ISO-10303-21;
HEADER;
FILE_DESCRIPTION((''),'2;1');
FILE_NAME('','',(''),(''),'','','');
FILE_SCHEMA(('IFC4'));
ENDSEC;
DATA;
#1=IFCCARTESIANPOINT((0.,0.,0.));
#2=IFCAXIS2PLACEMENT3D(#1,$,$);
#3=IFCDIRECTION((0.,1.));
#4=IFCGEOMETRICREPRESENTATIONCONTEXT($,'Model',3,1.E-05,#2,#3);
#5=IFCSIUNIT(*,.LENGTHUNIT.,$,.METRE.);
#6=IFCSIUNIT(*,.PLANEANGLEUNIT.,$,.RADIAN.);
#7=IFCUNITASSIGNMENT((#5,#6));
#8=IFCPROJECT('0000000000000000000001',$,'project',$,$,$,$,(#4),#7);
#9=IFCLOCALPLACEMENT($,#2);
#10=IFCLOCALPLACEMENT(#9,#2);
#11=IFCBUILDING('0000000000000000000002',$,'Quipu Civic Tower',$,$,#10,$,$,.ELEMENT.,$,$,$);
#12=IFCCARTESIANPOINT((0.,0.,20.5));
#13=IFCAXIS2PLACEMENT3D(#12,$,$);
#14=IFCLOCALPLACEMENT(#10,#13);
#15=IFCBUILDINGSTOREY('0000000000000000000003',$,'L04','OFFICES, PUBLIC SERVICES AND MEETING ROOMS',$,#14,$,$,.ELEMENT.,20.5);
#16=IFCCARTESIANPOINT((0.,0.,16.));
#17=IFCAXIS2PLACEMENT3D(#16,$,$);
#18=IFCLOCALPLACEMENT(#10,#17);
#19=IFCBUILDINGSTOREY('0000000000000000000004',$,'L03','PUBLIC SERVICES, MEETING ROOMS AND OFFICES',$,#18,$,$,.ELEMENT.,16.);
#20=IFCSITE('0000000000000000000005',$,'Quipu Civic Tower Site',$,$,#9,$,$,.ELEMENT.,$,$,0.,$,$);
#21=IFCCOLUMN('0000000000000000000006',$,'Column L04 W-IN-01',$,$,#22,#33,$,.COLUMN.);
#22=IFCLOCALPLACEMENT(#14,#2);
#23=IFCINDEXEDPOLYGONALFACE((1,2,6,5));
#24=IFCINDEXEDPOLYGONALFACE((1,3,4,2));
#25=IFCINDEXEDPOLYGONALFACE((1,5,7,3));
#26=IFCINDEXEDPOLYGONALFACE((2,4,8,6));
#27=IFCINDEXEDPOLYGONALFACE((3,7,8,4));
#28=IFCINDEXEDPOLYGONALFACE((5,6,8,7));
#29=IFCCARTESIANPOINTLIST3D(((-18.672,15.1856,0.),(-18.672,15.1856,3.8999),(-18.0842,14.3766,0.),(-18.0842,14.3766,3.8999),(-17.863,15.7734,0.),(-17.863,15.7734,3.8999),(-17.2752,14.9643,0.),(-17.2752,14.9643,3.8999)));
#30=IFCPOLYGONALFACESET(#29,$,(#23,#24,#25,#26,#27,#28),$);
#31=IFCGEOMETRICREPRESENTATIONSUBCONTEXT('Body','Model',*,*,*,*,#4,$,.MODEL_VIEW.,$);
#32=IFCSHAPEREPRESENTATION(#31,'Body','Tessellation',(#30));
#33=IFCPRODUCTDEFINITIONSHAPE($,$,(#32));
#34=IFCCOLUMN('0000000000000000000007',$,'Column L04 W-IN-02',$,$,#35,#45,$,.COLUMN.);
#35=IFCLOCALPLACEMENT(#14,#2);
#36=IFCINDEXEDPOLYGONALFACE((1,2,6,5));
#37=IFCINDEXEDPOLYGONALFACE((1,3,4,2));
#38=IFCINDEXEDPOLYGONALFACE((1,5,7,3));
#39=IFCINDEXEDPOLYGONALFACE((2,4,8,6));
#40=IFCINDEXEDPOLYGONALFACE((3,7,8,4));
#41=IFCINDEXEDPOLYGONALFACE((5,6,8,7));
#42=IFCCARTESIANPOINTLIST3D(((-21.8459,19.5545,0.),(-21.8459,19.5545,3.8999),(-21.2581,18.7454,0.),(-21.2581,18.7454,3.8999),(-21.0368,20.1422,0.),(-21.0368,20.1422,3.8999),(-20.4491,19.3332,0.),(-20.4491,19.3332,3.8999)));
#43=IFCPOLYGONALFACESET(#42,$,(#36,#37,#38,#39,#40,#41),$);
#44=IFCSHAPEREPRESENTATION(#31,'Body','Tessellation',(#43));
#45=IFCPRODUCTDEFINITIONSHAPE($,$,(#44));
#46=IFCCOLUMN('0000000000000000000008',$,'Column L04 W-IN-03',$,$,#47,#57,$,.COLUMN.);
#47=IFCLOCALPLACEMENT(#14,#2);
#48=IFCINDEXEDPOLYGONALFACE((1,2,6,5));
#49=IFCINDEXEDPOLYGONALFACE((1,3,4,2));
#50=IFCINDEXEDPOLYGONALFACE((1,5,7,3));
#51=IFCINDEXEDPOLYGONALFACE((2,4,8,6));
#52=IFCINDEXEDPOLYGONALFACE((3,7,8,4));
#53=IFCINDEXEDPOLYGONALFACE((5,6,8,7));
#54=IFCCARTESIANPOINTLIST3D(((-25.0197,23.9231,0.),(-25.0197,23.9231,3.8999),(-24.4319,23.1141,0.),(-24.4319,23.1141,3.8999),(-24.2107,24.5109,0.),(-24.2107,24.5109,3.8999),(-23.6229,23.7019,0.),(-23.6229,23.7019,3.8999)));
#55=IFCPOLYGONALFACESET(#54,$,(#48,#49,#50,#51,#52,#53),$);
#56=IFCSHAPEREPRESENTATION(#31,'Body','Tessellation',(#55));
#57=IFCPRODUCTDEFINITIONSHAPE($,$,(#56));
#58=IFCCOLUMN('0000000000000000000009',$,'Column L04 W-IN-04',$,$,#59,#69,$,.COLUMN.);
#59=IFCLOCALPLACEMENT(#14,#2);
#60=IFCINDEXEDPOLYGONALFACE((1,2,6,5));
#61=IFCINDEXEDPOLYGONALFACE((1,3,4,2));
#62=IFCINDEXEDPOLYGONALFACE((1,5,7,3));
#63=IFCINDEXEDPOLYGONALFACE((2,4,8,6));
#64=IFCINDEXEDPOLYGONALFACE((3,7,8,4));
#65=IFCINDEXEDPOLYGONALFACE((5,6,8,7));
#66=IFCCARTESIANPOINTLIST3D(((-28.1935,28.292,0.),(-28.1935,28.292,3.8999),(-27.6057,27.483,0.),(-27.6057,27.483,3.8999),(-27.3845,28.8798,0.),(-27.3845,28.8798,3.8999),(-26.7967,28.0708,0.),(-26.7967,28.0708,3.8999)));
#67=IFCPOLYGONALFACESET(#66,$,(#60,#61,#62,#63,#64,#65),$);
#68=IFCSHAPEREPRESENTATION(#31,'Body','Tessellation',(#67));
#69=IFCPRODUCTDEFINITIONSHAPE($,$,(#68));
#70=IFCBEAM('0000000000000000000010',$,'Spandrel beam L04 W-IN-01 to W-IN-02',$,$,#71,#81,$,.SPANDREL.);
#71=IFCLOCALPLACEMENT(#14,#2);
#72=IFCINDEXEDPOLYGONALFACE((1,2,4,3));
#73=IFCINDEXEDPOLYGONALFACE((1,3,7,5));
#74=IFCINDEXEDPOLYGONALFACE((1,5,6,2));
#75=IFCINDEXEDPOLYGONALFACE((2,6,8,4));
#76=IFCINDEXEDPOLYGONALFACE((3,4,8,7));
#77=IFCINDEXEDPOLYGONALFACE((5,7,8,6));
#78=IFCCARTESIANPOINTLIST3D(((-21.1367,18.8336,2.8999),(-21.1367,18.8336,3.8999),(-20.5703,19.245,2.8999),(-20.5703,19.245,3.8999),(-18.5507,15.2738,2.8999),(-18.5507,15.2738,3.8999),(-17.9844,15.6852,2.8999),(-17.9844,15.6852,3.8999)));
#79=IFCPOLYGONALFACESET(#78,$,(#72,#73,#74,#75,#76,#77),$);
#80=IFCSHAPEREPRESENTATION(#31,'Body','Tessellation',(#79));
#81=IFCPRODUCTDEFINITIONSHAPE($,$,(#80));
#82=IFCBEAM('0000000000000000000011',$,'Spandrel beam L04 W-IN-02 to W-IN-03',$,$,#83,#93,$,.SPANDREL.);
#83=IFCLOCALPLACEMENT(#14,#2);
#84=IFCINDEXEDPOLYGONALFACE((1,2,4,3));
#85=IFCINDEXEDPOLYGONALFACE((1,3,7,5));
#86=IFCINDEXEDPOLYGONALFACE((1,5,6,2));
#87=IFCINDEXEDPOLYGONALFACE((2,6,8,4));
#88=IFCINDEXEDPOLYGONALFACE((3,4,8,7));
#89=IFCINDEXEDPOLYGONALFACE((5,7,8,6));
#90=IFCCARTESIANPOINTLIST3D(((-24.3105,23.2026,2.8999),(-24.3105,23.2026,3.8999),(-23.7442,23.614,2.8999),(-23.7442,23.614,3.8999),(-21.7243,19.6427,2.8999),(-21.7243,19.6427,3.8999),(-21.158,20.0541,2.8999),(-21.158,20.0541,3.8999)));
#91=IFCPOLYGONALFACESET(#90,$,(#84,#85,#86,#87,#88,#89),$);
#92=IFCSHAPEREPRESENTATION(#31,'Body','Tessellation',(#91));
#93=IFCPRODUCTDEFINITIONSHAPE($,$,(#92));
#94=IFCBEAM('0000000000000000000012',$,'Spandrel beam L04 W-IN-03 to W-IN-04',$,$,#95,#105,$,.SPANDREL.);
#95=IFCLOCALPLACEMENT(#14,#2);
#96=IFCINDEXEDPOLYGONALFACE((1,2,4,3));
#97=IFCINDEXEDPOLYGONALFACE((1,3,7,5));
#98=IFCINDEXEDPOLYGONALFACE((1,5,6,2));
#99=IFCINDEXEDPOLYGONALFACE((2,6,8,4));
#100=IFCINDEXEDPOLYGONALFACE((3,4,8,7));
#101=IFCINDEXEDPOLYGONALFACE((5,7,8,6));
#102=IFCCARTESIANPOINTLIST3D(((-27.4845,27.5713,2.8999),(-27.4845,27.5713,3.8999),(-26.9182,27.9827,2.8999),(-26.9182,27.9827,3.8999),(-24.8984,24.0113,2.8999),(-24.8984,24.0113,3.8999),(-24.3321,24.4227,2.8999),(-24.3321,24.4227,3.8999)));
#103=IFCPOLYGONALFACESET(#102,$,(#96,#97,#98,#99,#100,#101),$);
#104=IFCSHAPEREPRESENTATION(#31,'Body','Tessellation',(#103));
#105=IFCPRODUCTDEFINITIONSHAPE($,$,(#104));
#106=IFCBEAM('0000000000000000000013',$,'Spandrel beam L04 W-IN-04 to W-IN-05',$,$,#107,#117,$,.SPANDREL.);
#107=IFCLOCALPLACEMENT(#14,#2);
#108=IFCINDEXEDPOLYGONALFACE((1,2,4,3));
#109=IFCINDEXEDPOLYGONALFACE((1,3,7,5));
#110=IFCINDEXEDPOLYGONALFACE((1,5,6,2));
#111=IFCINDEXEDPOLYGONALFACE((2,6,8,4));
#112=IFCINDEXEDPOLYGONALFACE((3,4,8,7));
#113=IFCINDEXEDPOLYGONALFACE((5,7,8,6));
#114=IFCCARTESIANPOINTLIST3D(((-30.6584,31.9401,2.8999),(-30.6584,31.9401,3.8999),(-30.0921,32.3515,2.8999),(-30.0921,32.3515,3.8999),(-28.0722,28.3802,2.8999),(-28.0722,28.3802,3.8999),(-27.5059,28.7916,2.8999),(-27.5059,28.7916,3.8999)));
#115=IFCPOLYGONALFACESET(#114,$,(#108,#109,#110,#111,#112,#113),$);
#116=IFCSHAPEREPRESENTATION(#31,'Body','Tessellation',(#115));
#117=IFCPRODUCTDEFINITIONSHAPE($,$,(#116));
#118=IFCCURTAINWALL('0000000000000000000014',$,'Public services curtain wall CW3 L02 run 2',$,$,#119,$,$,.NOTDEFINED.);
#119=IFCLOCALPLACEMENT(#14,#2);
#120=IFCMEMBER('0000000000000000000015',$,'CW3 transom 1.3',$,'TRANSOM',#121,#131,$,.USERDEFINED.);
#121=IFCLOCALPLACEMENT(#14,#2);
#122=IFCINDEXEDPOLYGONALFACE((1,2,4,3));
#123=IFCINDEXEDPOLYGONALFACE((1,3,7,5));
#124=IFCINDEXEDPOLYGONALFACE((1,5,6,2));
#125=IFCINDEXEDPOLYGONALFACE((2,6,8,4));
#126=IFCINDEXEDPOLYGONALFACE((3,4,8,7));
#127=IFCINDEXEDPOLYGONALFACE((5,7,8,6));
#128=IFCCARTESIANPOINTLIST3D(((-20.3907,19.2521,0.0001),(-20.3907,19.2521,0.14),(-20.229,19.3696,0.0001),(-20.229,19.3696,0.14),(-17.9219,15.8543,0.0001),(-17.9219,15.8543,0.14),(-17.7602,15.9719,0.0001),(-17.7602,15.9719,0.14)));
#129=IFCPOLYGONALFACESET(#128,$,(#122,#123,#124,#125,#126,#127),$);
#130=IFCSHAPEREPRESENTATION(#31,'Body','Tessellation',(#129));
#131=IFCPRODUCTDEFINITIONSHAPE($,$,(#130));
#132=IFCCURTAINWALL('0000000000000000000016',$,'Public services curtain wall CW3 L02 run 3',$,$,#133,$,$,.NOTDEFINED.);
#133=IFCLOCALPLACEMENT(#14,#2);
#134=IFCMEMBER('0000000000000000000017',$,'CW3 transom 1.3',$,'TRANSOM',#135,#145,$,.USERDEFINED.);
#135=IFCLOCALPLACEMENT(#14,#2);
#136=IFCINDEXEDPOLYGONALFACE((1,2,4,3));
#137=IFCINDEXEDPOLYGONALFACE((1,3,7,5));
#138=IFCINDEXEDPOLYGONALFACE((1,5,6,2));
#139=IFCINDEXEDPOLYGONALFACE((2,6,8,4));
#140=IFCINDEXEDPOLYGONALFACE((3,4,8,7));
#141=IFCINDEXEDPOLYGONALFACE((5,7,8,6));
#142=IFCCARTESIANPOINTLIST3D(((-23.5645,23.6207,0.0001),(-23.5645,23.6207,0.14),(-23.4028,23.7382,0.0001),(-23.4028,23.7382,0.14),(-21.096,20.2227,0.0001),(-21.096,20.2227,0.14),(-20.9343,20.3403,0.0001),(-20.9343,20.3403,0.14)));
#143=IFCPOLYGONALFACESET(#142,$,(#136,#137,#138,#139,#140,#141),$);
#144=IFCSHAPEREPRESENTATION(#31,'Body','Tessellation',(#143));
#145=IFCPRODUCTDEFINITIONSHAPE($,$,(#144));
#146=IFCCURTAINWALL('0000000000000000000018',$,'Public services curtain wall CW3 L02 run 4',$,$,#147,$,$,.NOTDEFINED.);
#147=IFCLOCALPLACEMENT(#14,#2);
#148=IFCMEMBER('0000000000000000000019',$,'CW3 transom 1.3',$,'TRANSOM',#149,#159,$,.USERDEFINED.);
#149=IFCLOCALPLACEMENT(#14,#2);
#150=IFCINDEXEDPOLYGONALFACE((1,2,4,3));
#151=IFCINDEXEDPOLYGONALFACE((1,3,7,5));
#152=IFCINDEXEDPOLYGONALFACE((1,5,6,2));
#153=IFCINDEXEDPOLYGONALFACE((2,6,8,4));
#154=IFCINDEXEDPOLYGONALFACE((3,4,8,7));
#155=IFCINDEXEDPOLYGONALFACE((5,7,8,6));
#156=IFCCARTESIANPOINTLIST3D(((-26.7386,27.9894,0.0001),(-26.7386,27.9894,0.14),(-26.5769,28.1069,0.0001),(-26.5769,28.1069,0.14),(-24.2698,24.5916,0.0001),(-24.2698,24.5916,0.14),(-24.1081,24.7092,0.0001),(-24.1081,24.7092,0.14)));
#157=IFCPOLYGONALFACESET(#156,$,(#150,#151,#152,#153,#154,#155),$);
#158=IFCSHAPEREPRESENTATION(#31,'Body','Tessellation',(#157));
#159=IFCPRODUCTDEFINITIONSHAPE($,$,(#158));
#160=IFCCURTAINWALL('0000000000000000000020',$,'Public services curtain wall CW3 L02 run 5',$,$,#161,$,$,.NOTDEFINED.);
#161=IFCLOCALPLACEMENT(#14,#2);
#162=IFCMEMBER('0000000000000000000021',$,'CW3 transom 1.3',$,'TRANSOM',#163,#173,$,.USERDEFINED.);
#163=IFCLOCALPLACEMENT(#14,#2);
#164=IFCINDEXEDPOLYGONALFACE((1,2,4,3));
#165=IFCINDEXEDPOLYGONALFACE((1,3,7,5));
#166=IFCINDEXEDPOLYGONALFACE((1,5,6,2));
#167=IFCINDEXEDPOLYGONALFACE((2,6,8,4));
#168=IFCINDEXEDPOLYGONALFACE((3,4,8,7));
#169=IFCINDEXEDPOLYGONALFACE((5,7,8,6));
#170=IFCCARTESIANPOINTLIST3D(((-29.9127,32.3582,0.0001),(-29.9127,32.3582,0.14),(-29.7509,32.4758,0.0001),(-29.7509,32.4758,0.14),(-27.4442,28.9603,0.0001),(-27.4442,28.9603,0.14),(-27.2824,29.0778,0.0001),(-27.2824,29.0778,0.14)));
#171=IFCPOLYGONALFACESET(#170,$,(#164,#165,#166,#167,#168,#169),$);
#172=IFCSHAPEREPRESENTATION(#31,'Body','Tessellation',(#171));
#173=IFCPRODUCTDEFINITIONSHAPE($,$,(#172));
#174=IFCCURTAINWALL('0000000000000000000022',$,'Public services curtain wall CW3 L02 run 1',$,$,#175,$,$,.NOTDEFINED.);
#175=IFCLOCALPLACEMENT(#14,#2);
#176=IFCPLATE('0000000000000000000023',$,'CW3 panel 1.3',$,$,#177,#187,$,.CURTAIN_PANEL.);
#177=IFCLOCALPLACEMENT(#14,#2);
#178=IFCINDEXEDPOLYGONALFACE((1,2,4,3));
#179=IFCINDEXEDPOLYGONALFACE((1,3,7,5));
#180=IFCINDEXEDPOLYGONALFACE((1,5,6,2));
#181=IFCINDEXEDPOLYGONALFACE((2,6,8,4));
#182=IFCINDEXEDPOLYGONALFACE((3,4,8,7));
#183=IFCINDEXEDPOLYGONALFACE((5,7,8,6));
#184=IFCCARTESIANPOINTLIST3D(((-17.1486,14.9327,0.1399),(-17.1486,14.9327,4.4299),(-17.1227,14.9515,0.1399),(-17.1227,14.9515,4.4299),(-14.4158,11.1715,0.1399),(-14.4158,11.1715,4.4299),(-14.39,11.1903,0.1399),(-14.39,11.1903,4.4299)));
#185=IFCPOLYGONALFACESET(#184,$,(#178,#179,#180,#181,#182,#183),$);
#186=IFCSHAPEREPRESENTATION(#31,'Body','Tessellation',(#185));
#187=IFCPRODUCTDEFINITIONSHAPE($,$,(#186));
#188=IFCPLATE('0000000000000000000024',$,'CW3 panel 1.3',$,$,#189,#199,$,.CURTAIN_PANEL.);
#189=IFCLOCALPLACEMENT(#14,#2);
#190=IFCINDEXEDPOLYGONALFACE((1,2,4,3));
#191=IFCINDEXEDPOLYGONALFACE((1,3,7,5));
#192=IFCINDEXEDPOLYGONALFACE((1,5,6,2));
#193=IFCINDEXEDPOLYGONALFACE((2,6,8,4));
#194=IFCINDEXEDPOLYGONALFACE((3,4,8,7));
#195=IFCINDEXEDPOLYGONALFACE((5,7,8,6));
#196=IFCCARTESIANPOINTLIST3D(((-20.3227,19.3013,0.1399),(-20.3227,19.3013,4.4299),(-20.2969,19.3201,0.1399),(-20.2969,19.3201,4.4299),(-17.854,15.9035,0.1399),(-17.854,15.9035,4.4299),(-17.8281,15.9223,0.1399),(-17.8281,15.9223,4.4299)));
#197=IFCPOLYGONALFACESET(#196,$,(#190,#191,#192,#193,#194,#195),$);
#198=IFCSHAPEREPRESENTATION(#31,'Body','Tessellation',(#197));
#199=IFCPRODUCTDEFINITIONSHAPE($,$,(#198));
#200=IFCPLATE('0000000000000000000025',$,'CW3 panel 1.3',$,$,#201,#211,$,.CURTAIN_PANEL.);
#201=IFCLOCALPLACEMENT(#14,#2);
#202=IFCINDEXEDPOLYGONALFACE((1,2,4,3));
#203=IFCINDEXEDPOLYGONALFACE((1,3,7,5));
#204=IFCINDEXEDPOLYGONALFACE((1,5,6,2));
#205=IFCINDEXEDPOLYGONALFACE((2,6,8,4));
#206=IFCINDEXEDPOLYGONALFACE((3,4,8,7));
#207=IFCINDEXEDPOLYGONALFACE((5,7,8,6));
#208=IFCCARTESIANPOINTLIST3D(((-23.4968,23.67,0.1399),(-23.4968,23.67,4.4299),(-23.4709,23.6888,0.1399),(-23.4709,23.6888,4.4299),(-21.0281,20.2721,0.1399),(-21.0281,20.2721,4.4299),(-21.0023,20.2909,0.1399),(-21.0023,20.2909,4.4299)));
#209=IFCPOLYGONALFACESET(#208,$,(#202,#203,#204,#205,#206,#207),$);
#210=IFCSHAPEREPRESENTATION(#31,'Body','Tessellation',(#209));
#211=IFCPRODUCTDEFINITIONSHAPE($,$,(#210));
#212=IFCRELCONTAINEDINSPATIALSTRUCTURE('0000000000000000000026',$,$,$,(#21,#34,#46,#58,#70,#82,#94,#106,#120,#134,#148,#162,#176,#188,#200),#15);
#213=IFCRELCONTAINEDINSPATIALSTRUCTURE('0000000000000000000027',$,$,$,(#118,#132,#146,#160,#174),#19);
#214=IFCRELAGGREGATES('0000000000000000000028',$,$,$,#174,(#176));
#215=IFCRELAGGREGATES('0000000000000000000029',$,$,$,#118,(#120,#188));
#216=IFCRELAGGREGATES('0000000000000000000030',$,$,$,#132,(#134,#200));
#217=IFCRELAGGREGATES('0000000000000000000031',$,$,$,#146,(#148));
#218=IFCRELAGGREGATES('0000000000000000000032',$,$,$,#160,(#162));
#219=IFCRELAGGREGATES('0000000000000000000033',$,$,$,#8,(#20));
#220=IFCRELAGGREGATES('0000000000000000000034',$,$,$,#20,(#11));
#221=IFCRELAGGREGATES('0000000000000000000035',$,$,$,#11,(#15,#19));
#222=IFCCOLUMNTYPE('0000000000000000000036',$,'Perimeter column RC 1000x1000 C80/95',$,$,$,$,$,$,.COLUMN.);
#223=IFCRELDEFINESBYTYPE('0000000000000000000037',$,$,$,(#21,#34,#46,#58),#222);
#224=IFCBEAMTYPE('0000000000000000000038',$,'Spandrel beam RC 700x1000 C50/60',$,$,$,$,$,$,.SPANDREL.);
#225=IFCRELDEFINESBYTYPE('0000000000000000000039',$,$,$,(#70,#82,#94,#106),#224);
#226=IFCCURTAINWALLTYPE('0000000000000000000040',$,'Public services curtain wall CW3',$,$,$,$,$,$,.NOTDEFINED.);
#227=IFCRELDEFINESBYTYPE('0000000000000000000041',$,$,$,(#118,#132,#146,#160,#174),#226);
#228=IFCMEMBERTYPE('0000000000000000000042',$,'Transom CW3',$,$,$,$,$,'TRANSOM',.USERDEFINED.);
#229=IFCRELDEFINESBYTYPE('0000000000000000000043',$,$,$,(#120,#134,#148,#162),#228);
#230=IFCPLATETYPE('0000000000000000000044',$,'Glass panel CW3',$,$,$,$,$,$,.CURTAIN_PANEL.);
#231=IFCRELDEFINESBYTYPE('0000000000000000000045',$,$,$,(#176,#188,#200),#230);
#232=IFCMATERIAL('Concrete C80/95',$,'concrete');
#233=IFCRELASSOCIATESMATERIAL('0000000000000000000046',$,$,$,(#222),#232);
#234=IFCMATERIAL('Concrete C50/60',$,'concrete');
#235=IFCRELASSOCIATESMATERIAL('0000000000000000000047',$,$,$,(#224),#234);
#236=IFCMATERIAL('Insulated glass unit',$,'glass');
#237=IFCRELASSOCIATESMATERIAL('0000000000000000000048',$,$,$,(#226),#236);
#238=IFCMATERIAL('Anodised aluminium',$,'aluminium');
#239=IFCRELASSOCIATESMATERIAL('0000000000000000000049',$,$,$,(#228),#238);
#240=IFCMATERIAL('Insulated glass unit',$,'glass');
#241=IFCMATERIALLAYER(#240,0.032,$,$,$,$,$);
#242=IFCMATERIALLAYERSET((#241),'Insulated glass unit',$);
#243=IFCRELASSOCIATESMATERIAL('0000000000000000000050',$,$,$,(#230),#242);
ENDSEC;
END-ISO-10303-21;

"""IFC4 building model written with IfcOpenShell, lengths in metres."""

from ifc_helpers import new_model, si_unit, direction, frame, origin, origin_2d, place, context, subcontext, project, spatial, rectangle, extrude, material, layer, layer_set, material_profile, profile_set, type_object, element, aggregate, save


model = new_model("IFC4")

# Units and contexts
model_context = context("Model", 3, precision=1e-05, world=origin(), true_north=direction((0.0, 1.0)))
body_context = subcontext(model_context, "Body", "Model", "MODEL_VIEW")
ifc_project = project(units=[si_unit("LENGTHUNIT", "METRE"), si_unit("PLANEANGLEUNIT", "RADIAN")], contexts=[model_context])

# Site, building, storey
site_placement = place(None, origin())
site = spatial("IfcSite", under=ifc_project, at=site_placement, Name="Quipu Civic Tower Site", CompositionType="ELEMENT", RefElevation=0.0)
building_placement = place(site_placement, origin())
building = spatial("IfcBuilding", under=site, at=building_placement, Name="Quipu Civic Tower", CompositionType="ELEMENT")
storey_1_placement = place(building_placement, frame((0.0, 0.0, 20.5)))
storey_1 = spatial("IfcBuildingStorey", under=building, at=storey_1_placement, Name="L04", Description="OFFICES, PUBLIC SERVICES AND MEETING ROOMS", CompositionType="ELEMENT", Elevation=20.5)

# Columns
ifc_material_1 = material(Name="Concrete C80/95", Category="concrete")
ifc_material_profile_1 = material_profile(ifc_material_1, rectangle(XDim=1.0, YDim=1.0, at=origin_2d()), Name="RC1000x1000")
ifc_profile_set_1 = profile_set([ifc_material_profile_1], Name="Concrete C80/95")
column_type = type_object("IfcColumnType", Name="Perimeter column RC 1000x1000 C80/95", PredefinedType="COLUMN", material=ifc_profile_set_1)
for number, where, z_axis, x_axis, name in (
    (1, (-17.9736, 15.075, 0.0), (0.0, 0.0, 1.0), (-0.587785, 0.809017, 0.0), "Column L04 W-IN-01"),
    (2, (-21.1475, 19.4438, 0.0), (0.0, 0.0, 1.0), (-0.587785, 0.809017, 0.0), "Column L04 W-IN-02"),
    (3, (-24.3213, 23.8125, 0.0), (0.0, 0.0, 1.0), (-0.587785, 0.809017, 0.0), "Column L04 W-IN-03"),
    (4, (-27.4951, 28.1814, 0.0), (0.0, 0.0, 1.0), (-0.587785, 0.809017, 0.0), "Column L04 W-IN-04"),
):
    element("IfcColumn", number, at=place(storey_1_placement, frame(where, z_axis=z_axis, x_axis=x_axis)), inside=storey_1, type_object=column_type, Name=name, PredefinedType="COLUMN", context=body_context, shape_type="SweptSolid", body=[
        extrude(rectangle(XDim=1.0, YDim=1.0, at=origin_2d()), origin(), (0.0, 0.0, 1.0), 3.8999),
    ])

# Beams
ifc_material_2 = material(Name="Concrete C50/60", Category="concrete")
ifc_material_profile_2 = material_profile(ifc_material_2, rectangle(XDim=0.7, YDim=1.0, at=origin_2d()), Name="RC700x1000")
ifc_profile_set_2 = profile_set([ifc_material_profile_2], Name="Concrete C50/60")
beam_type = type_object("IfcBeamType", Name="Spandrel beam RC 700x1000 C50/60", PredefinedType="SPANDREL", material=ifc_profile_set_2)
beam_placement = place(storey_1_placement, frame((-18.2676, 15.4795, 3.3999), z_axis=(-0.587723, 0.809062, 0.0), x_axis=(-0.809062, -0.587723, 0.0)))
element("IfcBeam", 5, at=beam_placement, inside=storey_1, type_object=beam_type, Name="Spandrel beam L04 W-IN-01 to W-IN-02", PredefinedType="SPANDREL", context=body_context, shape_type="SweptSolid", body=[
    extrude(rectangle(XDim=0.7, YDim=1.0, at=origin_2d()), origin(), (0.0, 0.0, 1.0), 4.3999),
])
for number, where, z_axis, x_axis, name in (
    (6, (-21.4412, 19.8484, 3.3999), (-0.587759, 0.809036, 0.0), (-0.809036, -0.587759, 0.0), "Spandrel beam L04 W-IN-02 to W-IN-03"),
    (7, (-24.6152, 24.217, 3.3999), (-0.587733, 0.809055, 0.0), (-0.809055, -0.587733, 0.0), "Spandrel beam L04 W-IN-03 to W-IN-04"),
    (8, (-27.7891, 28.5859, 3.3999), (-0.587759, 0.809036, 0.0), (-0.809036, -0.587759, 0.0), "Spandrel beam L04 W-IN-04 to W-IN-05"),
):
    element("IfcBeam", number, at=place(storey_1_placement, frame(where, z_axis=z_axis, x_axis=x_axis)), inside=storey_1, type_object=beam_type, Name=name, PredefinedType="SPANDREL", context=body_context, shape_type="SweptSolid", body=[
        extrude(rectangle(XDim=0.7, YDim=1.0, at=origin_2d()), origin(), (0.0, 0.0, 1.0), 4.4001),
    ])

# Shared definitions
storey_2_placement = place(building_placement, frame((0.0, 0.0, 16.0)))
storey_2 = spatial("IfcBuildingStorey", under=building, at=storey_2_placement, Name="L03", Description="PUBLIC SERVICES, MEETING ROOMS AND OFFICES", CompositionType="ELEMENT", Elevation=16.0)

# Curtain walls, members
ifc_material_3 = material(Name="Insulated glass unit", Category="glass")
curtain_wall_type = type_object("IfcCurtainWallType", Name="Public services curtain wall CW3", PredefinedType="NOTDEFINED", material=ifc_material_3)
curtain_wall_1_placement = place(storey_2_placement, origin())
curtain_wall_1 = element("IfcCurtainWall", 9, at=curtain_wall_1_placement, inside=storey_2, type_object=curtain_wall_type, Name="Public services curtain wall CW3 L02 run 2", PredefinedType="NOTDEFINED")
ifc_material_4 = material(Name="Anodised aluminium", Category="aluminium")
ifc_material_profile_3 = material_profile(ifc_material_4, rectangle(XDim=0.2, YDim=0.1399, at=origin_2d()), Name="RECT 200x140")
ifc_profile_set_3 = profile_set([ifc_material_profile_3], Name="Anodised aluminium")
member_type = type_object("IfcMemberType", Name="Transom CW3", ElementType="TRANSOM", PredefinedType="USERDEFINED", material=ifc_profile_set_3)
member_1_placement = place(storey_1_placement, frame((-17.8411, 15.9131, 0.0701), z_axis=(-0.587812, 0.808997, 0.0), x_axis=(-0.808997, -0.587812, 0.0)))
member_1 = element("IfcMember", 10, at=member_1_placement, inside=storey_1, type_object=member_type, Name="CW3 transom 1.3", ObjectType="TRANSOM", PredefinedType="USERDEFINED", context=body_context, shape_type="SweptSolid", body=[
    extrude(rectangle(XDim=0.2, YDim=0.1399, at=origin_2d()), origin(), (0.0, 0.0, 1.0), 4.2),
])
curtain_wall_2_placement = place(storey_2_placement, origin())
curtain_wall_2 = element("IfcCurtainWall", 11, at=curtain_wall_2_placement, inside=storey_2, type_object=curtain_wall_type, Name="Public services curtain wall CW3 L02 run 3", PredefinedType="NOTDEFINED")
member_2_placement = place(storey_1_placement, frame((-21.0151, 20.2815, 0.0701), z_axis=(-0.587746, 0.809045, 0.0), x_axis=(-0.809045, -0.587746, 0.0)))
member_2 = element("IfcMember", 12, at=member_2_placement, inside=storey_1, type_object=member_type, Name="CW3 transom 1.3", ObjectType="TRANSOM", PredefinedType="USERDEFINED", context=body_context, shape_type="SweptSolid", body=[
    extrude(rectangle(XDim=0.2, YDim=0.1399, at=origin_2d()), origin(), (0.0, 0.0, 1.0), 4.2),
])
curtain_wall_3_placement = place(storey_2_placement, origin())
curtain_wall_3 = element("IfcCurtainWall", 13, at=curtain_wall_3_placement, inside=storey_2, type_object=curtain_wall_type, Name="Public services curtain wall CW3 L02 run 4", PredefinedType="NOTDEFINED")
member_3_placement = place(storey_1_placement, frame((-24.189, 24.6504, 0.0701), z_axis=(-0.587812, 0.808997, 0.0), x_axis=(-0.808997, -0.587812, 0.0)))
member_3 = element("IfcMember", 14, at=member_3_placement, inside=storey_1, type_object=member_type, Name="CW3 transom 1.3", ObjectType="TRANSOM", PredefinedType="USERDEFINED", context=body_context, shape_type="SweptSolid", body=[
    extrude(rectangle(XDim=0.2, YDim=0.1399, at=origin_2d()), origin(), (0.0, 0.0, 1.0), 4.2),
])
curtain_wall_4_placement = place(storey_2_placement, origin())
curtain_wall_4 = element("IfcCurtainWall", 15, at=curtain_wall_4_placement, inside=storey_2, type_object=curtain_wall_type, Name="Public services curtain wall CW3 L02 run 5", PredefinedType="NOTDEFINED")
member_4_placement = place(storey_1_placement, frame((-27.3633, 29.019, 0.0701), z_axis=(-0.587746, 0.809045, 0.0), x_axis=(-0.809045, -0.587746, 0.0)))
member_4 = element("IfcMember", 16, at=member_4_placement, inside=storey_1, type_object=member_type, Name="CW3 transom 1.3", ObjectType="TRANSOM", PredefinedType="USERDEFINED", context=body_context, shape_type="SweptSolid", body=[
    extrude(rectangle(XDim=0.2, YDim=0.1399, at=origin_2d()), origin(), (0.0, 0.0, 1.0), 4.2),
])

# Curtain wall, plate
curtain_wall_5_placement = place(storey_2_placement, origin())
curtain_wall_5 = element("IfcCurtainWall", 17, at=curtain_wall_5_placement, inside=storey_2, type_object=curtain_wall_type, Name="Public services curtain wall CW3 L02 run 1", PredefinedType="NOTDEFINED")
ifc_material_5 = material(Name="Insulated glass unit", Category="glass")
ifc_layer_1 = layer(ifc_material_5, 0.032)
ifc_layer_set_1 = layer_set([ifc_layer_1], Name="Insulated glass unit")
plate_type_1 = type_object("IfcPlateType", Name="Glass panel CW3", PredefinedType="CURTAIN_PANEL", material=ifc_layer_set_1)
plate_1_placement = place(storey_1_placement, frame((-15.7693, 13.0615, 0.1399), z_axis=(0.0, 0.0, 1.0), x_axis=(-0.587795, 0.80901, 0.0)))
plate_1 = element("IfcPlate", 18, at=plate_1_placement, inside=storey_1, type_object=plate_type_1, Name="CW3 panel 1.3", PredefinedType="CURTAIN_PANEL", context=body_context, shape_type="SweptSolid", body=[
    extrude(rectangle(XDim=4.6492, YDim=0.032, at=origin_2d()), origin(), (0.0, 0.0, 1.0), 4.29),
])
aggregate(curtain_wall_5, [plate_1])

# Plates
plate_2_placement = place(storey_1_placement, frame((-19.0754, 17.6118, 0.1399), z_axis=(0.0, 0.0, 1.0), x_axis=(-0.5878, 0.809006, 0.0)))
plate_2 = element("IfcPlate", 19, at=plate_2_placement, inside=storey_1, type_object=plate_type_1, Name="CW3 panel 1.3", PredefinedType="CURTAIN_PANEL", context=body_context, shape_type="SweptSolid", body=[
    extrude(rectangle(XDim=4.2, YDim=0.032, at=origin_2d()), origin(), (0.0, 0.0, 1.0), 4.29),
])
aggregate(curtain_wall_1, [member_1, plate_2])
plate_3_placement = place(storey_1_placement, frame((-22.2495, 21.9805, 0.1399), z_axis=(0.0, 0.0, 1.0), x_axis=(-0.587774, 0.809025, 0.0)))
plate_3 = element("IfcPlate", 20, at=plate_3_placement, inside=storey_1, type_object=plate_type_1, Name="CW3 panel 1.3", PredefinedType="CURTAIN_PANEL", context=body_context, shape_type="SweptSolid", body=[
    extrude(rectangle(XDim=4.2, YDim=0.032, at=origin_2d()), origin(), (0.0, 0.0, 1.0), 4.29),
])
aggregate(curtain_wall_2, [member_2, plate_3])
aggregate(curtain_wall_3, [member_3])
aggregate(curtain_wall_4, [member_4])

save(model, "model.ifc")
